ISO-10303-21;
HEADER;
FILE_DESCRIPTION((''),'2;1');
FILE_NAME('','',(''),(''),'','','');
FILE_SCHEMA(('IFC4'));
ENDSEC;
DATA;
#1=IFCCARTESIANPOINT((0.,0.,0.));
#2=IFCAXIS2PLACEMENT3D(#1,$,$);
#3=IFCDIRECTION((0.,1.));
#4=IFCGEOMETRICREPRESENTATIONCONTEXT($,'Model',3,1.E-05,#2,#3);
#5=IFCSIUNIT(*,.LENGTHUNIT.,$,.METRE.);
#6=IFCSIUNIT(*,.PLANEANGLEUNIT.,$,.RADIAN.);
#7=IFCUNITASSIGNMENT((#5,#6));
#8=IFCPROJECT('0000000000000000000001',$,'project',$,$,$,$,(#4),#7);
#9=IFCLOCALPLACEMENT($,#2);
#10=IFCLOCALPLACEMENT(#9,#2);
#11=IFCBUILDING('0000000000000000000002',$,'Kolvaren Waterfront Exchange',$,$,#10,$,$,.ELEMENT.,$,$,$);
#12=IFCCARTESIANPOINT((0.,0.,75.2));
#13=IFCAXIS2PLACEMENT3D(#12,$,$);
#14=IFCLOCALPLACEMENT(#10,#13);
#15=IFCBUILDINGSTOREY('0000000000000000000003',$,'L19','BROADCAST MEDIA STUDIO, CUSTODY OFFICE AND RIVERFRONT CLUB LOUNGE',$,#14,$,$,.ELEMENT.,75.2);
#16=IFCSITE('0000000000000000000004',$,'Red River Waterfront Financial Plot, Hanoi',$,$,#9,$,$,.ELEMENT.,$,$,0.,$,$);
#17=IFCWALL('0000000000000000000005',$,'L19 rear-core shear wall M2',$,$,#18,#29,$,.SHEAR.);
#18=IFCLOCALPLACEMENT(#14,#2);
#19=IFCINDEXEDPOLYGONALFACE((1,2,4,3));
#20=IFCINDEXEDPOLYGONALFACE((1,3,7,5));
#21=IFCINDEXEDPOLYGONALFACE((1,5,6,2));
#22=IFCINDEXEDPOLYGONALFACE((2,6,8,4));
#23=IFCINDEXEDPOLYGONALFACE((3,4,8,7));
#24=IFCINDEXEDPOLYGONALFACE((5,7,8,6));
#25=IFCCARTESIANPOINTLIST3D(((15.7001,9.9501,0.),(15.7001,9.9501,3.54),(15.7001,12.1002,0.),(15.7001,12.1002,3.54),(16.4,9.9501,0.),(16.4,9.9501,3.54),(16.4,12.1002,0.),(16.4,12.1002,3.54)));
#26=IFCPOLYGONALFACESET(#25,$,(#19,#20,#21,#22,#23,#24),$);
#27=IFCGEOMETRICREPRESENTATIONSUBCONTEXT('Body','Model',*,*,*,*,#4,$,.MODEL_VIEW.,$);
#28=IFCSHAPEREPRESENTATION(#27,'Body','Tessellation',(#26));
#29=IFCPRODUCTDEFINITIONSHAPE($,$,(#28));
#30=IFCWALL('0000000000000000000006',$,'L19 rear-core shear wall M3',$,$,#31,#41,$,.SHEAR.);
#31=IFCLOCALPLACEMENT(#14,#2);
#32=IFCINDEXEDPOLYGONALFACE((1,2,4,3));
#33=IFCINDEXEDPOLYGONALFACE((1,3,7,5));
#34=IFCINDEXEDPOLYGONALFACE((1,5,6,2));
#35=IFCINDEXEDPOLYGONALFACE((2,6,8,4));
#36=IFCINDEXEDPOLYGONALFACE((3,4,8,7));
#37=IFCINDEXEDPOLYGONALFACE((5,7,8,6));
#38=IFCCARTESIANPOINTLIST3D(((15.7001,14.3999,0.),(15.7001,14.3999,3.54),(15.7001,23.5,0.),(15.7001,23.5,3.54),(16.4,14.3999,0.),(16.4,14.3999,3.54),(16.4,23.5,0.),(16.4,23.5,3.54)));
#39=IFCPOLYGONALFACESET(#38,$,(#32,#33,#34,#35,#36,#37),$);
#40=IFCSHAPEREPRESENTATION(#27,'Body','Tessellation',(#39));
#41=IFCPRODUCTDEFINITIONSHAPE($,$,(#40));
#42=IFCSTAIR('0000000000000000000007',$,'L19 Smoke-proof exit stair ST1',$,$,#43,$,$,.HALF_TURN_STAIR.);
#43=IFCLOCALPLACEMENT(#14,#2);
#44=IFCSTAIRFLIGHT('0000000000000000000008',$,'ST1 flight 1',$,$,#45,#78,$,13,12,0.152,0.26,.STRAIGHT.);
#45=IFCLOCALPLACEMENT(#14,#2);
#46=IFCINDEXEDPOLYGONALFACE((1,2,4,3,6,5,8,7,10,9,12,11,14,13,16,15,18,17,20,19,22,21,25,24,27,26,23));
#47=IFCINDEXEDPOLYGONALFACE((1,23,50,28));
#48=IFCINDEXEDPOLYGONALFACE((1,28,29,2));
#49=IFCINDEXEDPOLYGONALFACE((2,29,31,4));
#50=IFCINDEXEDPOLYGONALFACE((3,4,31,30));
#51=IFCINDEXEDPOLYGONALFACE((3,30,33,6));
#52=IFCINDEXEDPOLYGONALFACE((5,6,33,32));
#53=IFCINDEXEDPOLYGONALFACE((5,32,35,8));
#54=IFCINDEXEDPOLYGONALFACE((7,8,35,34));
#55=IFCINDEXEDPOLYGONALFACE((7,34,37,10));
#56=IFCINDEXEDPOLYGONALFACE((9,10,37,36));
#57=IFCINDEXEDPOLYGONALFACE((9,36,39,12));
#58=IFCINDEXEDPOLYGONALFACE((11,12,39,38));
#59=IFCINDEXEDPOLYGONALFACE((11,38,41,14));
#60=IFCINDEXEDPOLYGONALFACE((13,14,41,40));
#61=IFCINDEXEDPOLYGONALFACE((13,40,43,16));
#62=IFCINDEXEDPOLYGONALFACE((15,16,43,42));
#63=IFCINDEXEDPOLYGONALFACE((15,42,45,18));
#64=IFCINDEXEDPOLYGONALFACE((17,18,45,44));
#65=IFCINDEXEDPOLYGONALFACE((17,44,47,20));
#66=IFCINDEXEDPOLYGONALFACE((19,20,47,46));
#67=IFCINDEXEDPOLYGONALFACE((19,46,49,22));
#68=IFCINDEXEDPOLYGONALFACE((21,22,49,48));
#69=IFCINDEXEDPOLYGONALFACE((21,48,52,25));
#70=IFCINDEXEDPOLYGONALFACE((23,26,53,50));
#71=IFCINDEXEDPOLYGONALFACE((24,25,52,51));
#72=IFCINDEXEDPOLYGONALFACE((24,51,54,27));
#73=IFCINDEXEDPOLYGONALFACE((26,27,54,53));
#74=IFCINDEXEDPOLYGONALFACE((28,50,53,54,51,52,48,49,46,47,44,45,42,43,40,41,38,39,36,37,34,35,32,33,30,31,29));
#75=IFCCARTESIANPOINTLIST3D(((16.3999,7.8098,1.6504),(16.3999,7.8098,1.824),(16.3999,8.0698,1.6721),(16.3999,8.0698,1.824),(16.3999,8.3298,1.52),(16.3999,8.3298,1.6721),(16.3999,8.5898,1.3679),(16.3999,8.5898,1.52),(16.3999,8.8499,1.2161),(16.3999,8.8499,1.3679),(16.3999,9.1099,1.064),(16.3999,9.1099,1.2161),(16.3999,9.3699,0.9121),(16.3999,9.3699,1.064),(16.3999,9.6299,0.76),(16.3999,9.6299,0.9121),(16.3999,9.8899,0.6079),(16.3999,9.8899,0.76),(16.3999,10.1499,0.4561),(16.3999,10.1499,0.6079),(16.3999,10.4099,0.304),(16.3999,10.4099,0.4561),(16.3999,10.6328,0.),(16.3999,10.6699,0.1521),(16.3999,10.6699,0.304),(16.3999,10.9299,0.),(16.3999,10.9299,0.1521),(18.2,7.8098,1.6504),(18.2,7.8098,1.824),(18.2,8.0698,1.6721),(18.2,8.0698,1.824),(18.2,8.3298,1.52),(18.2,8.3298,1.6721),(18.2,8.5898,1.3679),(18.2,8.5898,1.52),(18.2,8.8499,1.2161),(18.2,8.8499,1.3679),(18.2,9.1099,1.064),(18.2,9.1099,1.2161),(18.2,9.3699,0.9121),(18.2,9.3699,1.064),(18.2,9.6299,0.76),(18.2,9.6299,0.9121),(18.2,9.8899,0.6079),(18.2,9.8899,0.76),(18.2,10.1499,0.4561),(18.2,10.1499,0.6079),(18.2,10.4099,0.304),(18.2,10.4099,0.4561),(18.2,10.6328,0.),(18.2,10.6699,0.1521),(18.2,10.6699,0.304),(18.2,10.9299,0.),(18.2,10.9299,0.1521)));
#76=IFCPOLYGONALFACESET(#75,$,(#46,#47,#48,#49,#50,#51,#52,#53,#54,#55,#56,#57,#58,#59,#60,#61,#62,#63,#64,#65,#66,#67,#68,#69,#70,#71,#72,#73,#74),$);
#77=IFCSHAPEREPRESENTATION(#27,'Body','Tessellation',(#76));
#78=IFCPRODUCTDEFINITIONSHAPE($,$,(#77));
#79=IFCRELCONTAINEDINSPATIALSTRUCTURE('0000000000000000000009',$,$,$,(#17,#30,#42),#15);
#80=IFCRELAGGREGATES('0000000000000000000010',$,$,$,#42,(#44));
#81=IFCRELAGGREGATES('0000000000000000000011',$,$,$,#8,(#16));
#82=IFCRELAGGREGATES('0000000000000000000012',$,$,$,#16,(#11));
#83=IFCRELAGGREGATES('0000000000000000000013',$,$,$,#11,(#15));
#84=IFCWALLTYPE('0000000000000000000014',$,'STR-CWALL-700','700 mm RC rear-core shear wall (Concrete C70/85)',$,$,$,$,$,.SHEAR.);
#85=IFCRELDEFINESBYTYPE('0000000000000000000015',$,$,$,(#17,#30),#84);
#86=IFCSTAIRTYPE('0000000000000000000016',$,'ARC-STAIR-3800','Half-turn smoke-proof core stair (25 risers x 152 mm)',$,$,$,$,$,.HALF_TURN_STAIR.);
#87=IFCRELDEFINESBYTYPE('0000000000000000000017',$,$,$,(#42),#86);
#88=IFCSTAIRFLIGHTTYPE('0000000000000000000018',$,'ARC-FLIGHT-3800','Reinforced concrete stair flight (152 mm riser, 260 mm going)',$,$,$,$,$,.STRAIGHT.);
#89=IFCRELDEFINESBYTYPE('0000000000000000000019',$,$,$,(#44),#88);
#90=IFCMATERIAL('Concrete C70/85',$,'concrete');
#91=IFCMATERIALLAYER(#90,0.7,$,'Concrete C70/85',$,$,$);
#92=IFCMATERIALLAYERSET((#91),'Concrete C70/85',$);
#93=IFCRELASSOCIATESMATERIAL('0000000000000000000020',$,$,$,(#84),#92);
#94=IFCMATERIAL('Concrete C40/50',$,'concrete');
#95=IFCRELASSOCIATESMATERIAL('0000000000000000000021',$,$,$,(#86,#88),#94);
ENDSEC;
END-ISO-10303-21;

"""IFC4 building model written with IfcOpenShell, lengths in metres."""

from ifc_helpers import new_model, si_unit, direction, frame, frame_2d, origin, place, context, subcontext, project, spatial, polyline, rectangle, outline, extrude, material, layer, layer_set, type_object, element, aggregate, save


model = new_model("IFC4")

# Units and contexts
model_context = context("Model", 3, precision=1e-05, world=origin(), true_north=direction((0.0, 1.0)))
body_context = subcontext(model_context, "Body", "Model", "MODEL_VIEW")
ifc_project = project(units=[si_unit("LENGTHUNIT", "METRE"), si_unit("PLANEANGLEUNIT", "RADIAN")], contexts=[model_context])

# Site, building, storey
site_placement = place(None, origin())
site = spatial("IfcSite", under=ifc_project, at=site_placement, Name="Red River Waterfront Financial Plot, Hanoi", CompositionType="ELEMENT", RefElevation=0.0)
building_placement = place(site_placement, origin())
building = spatial("IfcBuilding", under=site, at=building_placement, Name="Kolvaren Waterfront Exchange", CompositionType="ELEMENT")
storey_placement = place(building_placement, frame((0.0, 0.0, 75.2)))
storey = spatial("IfcBuildingStorey", under=building, at=storey_placement, Name="L19", Description="BROADCAST MEDIA STUDIO, CUSTODY OFFICE AND RIVERFRONT CLUB LOUNGE", CompositionType="ELEMENT", Elevation=75.2)

# Walls
ifc_material_1 = material(Name="Concrete C40/50", Category="concrete")
ifc_material_2 = material(Name="Concrete C70/85", Category="concrete")
ifc_layer_1 = layer(ifc_material_2, 0.7, Name="Concrete C70/85")
ifc_layer_set_1 = layer_set([ifc_layer_1], Name="Concrete C70/85")
wall_type_1 = type_object("IfcWallType", Name="STR-CWALL-700", Description="700 mm RC rear-core shear wall (Concrete C70/85)", PredefinedType="SHEAR", material=ifc_layer_set_1)
wall_1_placement = place(storey_placement, frame((16.05, 9.95, 0.0), z_axis=(0.0, 0.0, 1.0), x_axis=(0.0, 1.0, 0.0)))
element("IfcWall", 1, at=wall_1_placement, inside=storey, type_object=wall_type_1, Name="L19 rear-core shear wall M2", PredefinedType="SHEAR", context=body_context, shape_type="SweptSolid", body=[
    extrude(rectangle(XDim=2.1501, YDim=0.7, at=frame_2d((1.0752, 0.0))), origin(), (0.0, 0.0, 1.0), 3.54),
])
wall_2_placement = place(storey_placement, frame((16.05, 14.3999, 0.0), z_axis=(0.0, 0.0, 1.0), x_axis=(0.0, 1.0, 0.0)))
element("IfcWall", 2, at=wall_2_placement, inside=storey, type_object=wall_type_1, Name="L19 rear-core shear wall M3", PredefinedType="SHEAR", context=body_context, shape_type="SweptSolid", body=[
    extrude(rectangle(XDim=9.1001, YDim=0.7, at=frame_2d((4.55, 0.0))), origin(), (0.0, 0.0, 1.0), 3.54),
])

# Stair, stair flight
stair_type = type_object("IfcStairType", Name="ARC-STAIR-3800", Description="Half-turn smoke-proof core stair (25 risers x 152 mm)", PredefinedType="HALF_TURN_STAIR", material=ifc_material_1)
stair_placement = place(storey_placement, origin())
stair = element("IfcStair", 3, at=stair_placement, inside=storey, type_object=stair_type, Name="L19 Smoke-proof exit stair ST1", PredefinedType="HALF_TURN_STAIR")
stair_flight_type = type_object("IfcStairFlightType", Name="ARC-FLIGHT-3800", Description="Reinforced concrete stair flight (152 mm riser, 260 mm going)", PredefinedType="STRAIGHT", material=ifc_material_1)
stair_flight_placement = place(storey_placement, frame((17.3, 10.9299, 0.0), z_axis=(0.0, 0.0, 1.0), x_axis=(0.0, -1.0, 0.0)))
stair_flight = element("IfcStairFlight", 4, at=stair_flight_placement, type_object=stair_flight_type, Name="ST1 flight 1", NumberOfRisers=13, NumberOfTreads=12, PredefinedType="STRAIGHT", RiserHeight=0.152, TreadLength=0.26, context=body_context, shape_type="SweptSolid", body=[
    extrude(outline(polyline([(0.0, 0.0), (0.0, 0.1521), (0.26, 0.1521), (0.26, 0.304), (0.52, 0.304), (0.52, 0.4561), (0.78, 0.4561), (0.78, 0.6079), (1.04, 0.6079), (1.04, 0.76), (1.3, 0.76), (1.3, 0.9121), (1.5601, 0.9121), (1.5601, 1.064), (1.8201, 1.064), (1.8201, 1.2161), (2.0801, 1.2161), (2.0801, 1.3679), (2.3401, 1.3679), (2.3401, 1.52), (2.6001, 1.52), (2.6001, 1.6721), (2.8601, 1.6721), (2.8601, 1.824), (3.1201, 1.824), (3.1201, 1.9761), (3.1201, 1.6504), (0.2971, 0.0), (0.0, 0.0)])), frame((0.0, 0.8999, 0.0), z_axis=(0.0, -1.0, 0.0), x_axis=(1.0, 0.0, 0.0)), (0.0, 0.0, 1.0), 1.8),
])
aggregate(stair, [stair_flight])

save(model, "model.ifc")
